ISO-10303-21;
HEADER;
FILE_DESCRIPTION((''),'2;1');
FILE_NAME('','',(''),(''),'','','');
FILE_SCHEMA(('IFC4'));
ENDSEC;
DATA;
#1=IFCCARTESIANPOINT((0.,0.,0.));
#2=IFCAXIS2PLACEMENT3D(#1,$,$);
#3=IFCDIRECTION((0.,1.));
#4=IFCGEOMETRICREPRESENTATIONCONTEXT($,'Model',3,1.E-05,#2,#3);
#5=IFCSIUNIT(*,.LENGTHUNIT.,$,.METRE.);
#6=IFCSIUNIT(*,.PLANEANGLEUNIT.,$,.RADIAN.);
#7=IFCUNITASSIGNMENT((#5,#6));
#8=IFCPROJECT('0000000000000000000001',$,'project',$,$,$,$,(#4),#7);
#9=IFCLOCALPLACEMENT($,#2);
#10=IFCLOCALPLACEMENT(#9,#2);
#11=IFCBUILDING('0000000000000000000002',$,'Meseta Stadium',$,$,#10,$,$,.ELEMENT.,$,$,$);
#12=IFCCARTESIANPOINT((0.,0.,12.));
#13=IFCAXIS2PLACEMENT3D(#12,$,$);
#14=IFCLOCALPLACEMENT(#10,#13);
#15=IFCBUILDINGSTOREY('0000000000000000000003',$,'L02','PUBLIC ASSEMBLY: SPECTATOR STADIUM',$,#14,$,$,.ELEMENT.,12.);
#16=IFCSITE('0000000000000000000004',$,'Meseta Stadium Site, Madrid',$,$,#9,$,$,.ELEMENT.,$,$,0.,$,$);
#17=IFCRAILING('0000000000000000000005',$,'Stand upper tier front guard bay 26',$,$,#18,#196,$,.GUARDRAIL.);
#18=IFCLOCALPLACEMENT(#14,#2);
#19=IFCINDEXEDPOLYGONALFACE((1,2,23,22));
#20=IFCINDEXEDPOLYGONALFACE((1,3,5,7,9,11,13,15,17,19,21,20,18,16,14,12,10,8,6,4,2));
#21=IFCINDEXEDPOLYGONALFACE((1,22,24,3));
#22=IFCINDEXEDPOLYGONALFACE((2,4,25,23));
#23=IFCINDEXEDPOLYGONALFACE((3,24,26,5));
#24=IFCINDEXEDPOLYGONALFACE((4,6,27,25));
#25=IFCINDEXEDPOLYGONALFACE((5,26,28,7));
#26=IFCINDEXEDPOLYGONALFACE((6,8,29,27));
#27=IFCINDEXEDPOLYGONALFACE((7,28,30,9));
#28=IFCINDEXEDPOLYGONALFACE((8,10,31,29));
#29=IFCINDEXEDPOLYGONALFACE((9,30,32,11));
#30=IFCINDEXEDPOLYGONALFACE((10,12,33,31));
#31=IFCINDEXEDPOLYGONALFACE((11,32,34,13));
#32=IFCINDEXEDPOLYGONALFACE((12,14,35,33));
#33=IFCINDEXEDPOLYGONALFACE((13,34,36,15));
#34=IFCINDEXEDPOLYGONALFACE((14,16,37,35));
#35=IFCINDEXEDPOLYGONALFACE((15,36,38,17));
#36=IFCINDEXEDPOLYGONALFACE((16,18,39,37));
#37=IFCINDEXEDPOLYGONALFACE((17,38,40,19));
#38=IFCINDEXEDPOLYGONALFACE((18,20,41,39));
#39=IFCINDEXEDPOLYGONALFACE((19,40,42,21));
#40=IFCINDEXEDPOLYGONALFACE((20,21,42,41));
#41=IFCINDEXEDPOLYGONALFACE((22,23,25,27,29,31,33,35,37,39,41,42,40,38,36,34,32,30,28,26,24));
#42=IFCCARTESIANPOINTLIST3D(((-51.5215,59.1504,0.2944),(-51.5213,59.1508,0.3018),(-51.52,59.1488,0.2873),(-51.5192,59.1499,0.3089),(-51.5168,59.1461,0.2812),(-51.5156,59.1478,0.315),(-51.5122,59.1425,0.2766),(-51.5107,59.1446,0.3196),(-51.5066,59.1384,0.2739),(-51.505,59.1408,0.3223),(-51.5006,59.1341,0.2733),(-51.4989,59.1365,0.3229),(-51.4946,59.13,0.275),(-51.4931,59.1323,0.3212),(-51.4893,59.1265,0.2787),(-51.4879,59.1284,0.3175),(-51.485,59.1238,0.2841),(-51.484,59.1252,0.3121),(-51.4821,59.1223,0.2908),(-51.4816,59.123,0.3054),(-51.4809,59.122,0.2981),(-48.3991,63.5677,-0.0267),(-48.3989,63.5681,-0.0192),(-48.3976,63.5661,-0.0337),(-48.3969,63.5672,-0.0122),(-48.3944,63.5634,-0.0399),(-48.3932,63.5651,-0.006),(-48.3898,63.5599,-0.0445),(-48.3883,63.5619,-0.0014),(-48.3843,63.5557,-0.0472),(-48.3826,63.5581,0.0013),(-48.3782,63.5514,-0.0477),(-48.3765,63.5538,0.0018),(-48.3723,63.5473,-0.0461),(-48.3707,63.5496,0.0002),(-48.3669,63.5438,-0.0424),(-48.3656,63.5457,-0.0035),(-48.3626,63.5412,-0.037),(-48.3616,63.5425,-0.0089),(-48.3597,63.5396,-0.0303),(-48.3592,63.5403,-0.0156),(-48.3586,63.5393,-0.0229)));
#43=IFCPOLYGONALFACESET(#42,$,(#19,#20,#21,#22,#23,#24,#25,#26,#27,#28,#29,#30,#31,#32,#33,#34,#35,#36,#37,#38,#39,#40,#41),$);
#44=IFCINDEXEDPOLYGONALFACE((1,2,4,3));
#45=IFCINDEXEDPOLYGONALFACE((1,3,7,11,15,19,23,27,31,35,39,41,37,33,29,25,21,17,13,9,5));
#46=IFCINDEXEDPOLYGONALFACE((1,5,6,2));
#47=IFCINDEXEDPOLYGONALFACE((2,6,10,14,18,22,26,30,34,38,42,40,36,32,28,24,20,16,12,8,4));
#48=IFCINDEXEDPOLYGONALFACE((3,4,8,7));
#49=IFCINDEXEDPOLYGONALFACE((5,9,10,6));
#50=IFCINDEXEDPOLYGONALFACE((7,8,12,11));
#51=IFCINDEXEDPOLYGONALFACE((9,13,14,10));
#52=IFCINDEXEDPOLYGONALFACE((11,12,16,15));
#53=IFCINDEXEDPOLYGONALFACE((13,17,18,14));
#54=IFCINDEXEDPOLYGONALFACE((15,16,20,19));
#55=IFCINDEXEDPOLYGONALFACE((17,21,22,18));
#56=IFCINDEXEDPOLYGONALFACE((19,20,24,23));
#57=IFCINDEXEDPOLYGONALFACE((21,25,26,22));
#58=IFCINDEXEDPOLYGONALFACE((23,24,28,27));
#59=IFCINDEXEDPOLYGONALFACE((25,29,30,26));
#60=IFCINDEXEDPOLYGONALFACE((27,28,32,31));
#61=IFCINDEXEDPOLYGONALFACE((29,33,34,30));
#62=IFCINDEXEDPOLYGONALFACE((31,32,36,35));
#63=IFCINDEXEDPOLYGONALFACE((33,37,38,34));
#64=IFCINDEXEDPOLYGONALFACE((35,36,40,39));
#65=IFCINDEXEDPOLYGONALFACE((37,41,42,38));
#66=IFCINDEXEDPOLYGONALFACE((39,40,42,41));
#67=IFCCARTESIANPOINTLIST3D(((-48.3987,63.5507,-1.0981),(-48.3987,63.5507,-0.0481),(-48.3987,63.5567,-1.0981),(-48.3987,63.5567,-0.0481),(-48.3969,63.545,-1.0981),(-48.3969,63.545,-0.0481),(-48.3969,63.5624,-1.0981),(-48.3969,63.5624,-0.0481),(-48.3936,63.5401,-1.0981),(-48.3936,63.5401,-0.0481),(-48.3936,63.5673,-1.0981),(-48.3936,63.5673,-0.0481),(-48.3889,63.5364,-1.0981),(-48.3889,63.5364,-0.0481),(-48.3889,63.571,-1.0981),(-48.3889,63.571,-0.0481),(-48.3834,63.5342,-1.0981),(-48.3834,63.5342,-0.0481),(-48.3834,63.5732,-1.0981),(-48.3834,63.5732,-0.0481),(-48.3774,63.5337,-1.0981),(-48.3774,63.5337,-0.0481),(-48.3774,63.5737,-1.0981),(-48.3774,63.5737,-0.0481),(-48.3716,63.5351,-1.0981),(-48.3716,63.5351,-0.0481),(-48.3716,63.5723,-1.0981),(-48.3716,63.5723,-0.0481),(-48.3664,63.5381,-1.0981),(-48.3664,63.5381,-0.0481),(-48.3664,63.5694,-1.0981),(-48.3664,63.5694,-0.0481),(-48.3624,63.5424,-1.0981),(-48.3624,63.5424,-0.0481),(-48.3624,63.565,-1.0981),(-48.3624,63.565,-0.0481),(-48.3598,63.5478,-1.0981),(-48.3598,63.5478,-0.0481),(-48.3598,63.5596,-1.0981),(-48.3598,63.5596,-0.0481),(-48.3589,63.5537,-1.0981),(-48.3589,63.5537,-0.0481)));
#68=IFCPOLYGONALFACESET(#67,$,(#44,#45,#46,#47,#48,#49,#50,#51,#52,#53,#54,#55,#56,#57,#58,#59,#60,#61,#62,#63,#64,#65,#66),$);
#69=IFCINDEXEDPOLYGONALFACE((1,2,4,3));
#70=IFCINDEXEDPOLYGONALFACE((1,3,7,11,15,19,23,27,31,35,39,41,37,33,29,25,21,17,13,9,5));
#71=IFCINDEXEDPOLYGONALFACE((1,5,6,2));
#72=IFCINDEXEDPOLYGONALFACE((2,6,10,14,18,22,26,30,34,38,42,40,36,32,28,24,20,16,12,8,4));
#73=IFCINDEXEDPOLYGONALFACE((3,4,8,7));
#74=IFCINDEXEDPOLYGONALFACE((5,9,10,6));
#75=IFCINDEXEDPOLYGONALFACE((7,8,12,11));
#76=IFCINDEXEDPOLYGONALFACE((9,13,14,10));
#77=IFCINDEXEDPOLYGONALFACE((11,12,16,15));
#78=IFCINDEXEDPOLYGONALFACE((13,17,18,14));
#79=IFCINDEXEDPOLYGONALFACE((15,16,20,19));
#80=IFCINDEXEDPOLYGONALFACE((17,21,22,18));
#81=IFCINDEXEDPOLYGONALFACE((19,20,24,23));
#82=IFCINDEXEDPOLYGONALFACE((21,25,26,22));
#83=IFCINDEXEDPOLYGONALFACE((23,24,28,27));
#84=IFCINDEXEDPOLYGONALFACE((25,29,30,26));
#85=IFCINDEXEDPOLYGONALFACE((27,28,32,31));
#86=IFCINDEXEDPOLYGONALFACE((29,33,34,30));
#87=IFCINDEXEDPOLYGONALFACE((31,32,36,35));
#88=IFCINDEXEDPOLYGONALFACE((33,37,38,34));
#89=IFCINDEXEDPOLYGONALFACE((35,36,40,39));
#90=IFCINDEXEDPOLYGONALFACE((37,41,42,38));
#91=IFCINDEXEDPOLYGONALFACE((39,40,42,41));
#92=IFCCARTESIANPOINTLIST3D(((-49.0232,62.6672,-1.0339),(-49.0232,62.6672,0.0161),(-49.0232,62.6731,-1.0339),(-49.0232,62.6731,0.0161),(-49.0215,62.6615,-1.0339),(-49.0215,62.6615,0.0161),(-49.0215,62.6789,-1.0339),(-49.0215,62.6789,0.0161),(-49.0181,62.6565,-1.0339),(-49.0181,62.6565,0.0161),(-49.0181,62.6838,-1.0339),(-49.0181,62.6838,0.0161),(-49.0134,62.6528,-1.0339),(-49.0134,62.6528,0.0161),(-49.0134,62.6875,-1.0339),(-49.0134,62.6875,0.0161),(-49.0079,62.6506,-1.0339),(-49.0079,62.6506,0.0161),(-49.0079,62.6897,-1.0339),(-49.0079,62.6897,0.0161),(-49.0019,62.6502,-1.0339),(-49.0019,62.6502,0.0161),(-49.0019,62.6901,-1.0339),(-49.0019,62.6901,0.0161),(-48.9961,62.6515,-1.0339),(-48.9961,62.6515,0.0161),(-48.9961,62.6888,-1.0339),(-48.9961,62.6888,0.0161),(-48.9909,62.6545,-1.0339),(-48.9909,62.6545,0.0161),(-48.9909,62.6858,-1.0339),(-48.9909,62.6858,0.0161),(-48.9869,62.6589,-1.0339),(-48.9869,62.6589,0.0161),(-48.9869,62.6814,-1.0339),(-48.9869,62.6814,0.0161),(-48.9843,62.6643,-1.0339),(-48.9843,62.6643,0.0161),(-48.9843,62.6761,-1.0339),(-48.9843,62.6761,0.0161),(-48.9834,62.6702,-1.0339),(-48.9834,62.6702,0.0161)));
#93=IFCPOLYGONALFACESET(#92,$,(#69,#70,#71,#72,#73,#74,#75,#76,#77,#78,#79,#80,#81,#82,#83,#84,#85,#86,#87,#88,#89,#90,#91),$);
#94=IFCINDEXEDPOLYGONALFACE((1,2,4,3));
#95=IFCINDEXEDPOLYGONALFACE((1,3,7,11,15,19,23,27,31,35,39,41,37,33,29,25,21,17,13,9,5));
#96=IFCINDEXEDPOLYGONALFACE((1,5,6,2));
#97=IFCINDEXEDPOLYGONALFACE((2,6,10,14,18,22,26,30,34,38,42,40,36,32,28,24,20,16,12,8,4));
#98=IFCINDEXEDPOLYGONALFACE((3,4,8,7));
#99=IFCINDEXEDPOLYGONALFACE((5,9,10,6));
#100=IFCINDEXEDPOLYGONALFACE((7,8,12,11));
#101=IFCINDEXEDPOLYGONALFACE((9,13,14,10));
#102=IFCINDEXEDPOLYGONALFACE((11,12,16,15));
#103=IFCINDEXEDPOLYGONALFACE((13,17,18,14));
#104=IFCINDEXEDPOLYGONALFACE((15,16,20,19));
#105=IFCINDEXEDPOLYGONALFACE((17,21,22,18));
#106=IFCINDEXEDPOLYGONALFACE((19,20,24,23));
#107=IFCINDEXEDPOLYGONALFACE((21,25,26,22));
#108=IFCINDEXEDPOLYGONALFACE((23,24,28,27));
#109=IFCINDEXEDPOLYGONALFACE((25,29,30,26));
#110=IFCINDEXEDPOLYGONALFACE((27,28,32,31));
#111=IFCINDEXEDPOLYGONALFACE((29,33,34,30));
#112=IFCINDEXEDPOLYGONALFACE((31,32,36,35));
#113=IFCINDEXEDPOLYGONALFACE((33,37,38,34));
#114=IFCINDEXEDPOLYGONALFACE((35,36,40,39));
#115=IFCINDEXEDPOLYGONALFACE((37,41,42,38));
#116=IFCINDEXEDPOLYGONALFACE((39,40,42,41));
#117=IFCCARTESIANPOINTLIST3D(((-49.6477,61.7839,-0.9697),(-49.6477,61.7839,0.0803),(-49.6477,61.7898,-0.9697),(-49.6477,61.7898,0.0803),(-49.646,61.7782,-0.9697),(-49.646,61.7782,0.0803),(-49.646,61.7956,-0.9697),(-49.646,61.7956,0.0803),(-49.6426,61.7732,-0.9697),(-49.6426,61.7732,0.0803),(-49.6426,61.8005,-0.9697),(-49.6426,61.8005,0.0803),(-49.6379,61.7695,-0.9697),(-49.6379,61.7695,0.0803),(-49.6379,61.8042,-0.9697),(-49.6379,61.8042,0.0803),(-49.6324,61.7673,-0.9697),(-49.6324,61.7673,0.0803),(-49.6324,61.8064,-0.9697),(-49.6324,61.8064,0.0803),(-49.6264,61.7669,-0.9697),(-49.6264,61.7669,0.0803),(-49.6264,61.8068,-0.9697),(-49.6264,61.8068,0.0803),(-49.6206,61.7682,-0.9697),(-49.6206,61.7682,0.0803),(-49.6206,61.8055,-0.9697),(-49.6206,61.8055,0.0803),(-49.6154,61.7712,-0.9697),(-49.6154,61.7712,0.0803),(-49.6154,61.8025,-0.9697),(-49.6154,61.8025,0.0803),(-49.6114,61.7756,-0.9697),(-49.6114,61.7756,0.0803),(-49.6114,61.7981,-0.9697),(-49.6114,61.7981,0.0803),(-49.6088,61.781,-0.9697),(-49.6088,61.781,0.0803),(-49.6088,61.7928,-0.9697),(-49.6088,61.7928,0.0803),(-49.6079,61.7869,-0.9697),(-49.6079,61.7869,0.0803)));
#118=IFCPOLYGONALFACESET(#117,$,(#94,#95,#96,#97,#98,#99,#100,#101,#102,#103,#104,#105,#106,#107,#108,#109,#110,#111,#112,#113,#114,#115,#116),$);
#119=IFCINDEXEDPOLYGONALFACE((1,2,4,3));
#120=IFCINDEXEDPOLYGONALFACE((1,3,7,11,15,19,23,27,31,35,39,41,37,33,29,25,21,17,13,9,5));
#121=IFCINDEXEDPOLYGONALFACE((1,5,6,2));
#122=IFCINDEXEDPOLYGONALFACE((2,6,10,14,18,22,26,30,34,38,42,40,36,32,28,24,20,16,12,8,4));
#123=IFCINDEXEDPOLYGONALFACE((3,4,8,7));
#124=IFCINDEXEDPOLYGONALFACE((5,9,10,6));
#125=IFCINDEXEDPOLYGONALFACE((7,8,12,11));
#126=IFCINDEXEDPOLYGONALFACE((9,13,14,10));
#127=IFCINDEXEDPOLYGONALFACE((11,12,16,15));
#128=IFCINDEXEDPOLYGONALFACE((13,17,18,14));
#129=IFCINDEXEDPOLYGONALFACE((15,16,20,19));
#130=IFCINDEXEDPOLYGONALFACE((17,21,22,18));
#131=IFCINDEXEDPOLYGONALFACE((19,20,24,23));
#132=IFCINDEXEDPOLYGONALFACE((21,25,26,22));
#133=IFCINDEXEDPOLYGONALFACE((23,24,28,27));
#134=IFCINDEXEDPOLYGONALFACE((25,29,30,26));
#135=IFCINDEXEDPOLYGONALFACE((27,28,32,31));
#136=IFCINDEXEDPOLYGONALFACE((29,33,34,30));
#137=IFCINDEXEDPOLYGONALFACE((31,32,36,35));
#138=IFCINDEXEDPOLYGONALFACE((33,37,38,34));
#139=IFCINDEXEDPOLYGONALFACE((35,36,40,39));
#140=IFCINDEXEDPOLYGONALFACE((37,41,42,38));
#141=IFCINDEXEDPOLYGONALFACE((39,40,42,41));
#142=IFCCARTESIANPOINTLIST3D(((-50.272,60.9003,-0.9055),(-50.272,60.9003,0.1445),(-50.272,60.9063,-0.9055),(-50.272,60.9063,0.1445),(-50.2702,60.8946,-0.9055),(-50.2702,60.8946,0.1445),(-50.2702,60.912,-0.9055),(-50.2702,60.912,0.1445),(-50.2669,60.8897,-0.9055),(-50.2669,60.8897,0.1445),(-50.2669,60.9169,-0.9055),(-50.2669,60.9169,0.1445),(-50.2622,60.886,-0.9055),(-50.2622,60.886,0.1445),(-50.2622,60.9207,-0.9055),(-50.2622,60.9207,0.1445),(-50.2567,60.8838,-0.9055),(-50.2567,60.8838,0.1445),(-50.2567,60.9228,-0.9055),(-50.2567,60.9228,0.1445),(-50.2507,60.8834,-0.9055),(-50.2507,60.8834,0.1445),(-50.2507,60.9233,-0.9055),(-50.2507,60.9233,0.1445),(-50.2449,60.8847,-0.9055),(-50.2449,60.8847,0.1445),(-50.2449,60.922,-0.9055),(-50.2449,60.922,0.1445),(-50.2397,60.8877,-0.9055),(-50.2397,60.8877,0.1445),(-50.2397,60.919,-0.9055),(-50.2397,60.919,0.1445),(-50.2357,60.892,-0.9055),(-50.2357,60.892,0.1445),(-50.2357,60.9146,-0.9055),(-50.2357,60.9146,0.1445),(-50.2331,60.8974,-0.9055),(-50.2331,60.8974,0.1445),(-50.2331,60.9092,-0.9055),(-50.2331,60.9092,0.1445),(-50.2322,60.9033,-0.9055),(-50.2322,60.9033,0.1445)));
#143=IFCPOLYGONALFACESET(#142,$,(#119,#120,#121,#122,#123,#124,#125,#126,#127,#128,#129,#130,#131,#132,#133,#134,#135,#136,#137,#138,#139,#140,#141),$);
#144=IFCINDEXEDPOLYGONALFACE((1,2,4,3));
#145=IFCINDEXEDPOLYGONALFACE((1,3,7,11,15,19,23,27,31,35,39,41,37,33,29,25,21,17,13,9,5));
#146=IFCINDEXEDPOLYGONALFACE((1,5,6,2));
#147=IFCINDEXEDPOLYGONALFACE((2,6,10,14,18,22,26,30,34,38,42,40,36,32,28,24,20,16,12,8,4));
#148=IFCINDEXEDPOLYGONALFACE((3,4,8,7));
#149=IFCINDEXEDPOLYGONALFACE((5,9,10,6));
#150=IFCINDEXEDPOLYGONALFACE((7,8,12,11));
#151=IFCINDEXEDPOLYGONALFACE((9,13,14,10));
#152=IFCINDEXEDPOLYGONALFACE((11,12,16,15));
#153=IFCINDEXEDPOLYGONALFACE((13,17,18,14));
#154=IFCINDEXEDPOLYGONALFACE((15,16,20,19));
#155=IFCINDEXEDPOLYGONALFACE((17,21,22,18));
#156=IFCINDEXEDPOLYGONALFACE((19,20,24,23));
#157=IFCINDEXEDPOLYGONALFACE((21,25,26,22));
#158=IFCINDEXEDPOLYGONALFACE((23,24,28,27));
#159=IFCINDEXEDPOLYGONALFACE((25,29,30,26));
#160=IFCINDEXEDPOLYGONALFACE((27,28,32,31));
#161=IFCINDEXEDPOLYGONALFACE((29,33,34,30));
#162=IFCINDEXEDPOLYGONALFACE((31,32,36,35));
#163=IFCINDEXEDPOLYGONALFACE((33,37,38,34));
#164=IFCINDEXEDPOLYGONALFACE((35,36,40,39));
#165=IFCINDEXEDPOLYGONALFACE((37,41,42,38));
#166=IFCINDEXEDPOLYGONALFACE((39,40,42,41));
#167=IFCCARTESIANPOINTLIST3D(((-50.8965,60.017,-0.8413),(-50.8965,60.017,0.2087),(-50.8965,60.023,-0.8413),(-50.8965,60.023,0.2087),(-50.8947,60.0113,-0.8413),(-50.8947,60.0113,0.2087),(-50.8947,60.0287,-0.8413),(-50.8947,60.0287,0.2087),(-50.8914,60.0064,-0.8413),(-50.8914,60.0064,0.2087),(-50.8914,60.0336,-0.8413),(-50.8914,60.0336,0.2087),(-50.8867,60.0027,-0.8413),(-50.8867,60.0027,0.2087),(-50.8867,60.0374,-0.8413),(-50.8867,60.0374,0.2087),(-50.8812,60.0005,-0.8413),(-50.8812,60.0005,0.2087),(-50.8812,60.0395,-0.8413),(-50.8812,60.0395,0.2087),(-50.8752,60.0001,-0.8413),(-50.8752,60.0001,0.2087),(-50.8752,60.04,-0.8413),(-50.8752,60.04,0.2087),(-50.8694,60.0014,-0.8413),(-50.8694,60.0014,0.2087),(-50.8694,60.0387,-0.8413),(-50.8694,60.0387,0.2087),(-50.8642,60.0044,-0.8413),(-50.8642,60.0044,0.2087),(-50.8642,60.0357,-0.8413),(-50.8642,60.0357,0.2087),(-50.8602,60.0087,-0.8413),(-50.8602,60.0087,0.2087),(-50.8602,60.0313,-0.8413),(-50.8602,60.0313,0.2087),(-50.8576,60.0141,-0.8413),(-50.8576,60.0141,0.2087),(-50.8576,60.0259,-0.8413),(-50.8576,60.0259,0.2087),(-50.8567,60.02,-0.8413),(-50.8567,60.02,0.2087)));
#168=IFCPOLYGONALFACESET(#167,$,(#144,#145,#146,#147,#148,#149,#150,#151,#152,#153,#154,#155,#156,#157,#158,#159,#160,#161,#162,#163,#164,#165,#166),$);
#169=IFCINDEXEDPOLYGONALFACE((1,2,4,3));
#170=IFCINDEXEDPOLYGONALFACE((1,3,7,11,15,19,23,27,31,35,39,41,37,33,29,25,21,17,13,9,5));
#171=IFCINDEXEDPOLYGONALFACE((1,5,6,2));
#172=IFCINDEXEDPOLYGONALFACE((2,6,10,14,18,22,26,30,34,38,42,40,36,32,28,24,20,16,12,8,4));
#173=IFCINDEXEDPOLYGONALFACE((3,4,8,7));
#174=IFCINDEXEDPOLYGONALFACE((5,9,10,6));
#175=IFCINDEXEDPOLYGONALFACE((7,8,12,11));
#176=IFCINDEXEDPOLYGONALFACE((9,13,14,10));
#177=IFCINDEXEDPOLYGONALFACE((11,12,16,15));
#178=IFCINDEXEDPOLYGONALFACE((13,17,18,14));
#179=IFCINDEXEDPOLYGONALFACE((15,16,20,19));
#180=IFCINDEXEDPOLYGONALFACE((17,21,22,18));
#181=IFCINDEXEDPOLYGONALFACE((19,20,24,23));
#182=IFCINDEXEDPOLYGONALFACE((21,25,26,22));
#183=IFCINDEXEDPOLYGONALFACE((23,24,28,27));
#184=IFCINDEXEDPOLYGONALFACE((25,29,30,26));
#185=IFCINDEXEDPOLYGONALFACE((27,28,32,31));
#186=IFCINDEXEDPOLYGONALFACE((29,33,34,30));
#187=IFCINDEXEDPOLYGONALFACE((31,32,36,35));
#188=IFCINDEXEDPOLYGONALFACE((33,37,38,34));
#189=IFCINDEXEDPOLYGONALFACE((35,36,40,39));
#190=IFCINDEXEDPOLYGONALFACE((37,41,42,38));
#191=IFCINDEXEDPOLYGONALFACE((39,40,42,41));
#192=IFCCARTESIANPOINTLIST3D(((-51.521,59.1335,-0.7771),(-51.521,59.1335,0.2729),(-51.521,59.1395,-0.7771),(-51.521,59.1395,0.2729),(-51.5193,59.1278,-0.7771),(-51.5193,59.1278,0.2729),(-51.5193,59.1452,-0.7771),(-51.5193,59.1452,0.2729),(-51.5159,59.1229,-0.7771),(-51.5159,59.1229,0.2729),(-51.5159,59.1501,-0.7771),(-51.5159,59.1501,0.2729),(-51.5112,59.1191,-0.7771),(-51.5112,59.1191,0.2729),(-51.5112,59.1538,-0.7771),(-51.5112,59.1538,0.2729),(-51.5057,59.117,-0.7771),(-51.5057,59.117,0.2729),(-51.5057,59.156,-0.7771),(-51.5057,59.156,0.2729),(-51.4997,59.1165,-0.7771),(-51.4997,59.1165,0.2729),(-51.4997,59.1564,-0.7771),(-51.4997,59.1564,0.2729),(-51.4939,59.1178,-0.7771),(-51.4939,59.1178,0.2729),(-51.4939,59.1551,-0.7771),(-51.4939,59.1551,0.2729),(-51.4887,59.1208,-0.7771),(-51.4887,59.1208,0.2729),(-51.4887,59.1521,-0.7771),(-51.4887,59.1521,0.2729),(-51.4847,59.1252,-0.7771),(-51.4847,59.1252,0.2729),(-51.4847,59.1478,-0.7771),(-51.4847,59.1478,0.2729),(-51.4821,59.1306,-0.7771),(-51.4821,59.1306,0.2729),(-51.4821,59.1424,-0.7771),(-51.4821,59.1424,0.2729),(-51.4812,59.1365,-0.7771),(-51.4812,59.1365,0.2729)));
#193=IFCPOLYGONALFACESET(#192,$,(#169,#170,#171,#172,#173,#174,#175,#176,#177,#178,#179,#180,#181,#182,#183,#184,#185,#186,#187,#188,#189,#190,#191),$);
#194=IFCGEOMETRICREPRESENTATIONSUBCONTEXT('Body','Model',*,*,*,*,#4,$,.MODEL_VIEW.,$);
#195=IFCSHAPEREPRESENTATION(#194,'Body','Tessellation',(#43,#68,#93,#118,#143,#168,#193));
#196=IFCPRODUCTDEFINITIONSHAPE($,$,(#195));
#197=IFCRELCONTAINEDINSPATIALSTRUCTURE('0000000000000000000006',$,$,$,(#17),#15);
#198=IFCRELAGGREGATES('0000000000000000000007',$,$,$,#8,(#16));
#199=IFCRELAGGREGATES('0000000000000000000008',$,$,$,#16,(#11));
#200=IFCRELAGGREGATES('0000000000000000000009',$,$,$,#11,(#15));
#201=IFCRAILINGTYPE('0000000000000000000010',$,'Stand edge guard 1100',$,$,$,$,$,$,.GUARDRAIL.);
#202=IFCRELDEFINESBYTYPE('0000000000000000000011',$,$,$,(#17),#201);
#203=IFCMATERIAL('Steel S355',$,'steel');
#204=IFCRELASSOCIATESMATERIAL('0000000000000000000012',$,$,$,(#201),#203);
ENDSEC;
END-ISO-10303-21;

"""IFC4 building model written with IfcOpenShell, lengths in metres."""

from ifc_helpers import new_model, si_unit, direction, frame, origin, origin_2d, place, context, subcontext, project, spatial, circle, extrude, material, type_object, element, save


model = new_model("IFC4")

# Units and contexts
model_context = context("Model", 3, precision=1e-05, world=origin(), true_north=direction((0.0, 1.0)))
body_context = subcontext(model_context, "Body", "Model", "MODEL_VIEW")
ifc_project = project(units=[si_unit("LENGTHUNIT", "METRE"), si_unit("PLANEANGLEUNIT", "RADIAN")], contexts=[model_context])

# Site, building, storey
site_placement = place(None, origin())
site = spatial("IfcSite", under=ifc_project, at=site_placement, Name="Meseta Stadium Site, Madrid", CompositionType="ELEMENT", RefElevation=0.0)
building_placement = place(site_placement, origin())
building = spatial("IfcBuilding", under=site, at=building_placement, Name="Meseta Stadium", CompositionType="ELEMENT")
storey_placement = place(building_placement, frame((0.0, 0.0, 12.0)))
storey = spatial("IfcBuildingStorey", under=building, at=storey_placement, Name="L02", Description="PUBLIC ASSEMBLY: SPECTATOR STADIUM", CompositionType="ELEMENT", Elevation=12.0)

# Railing
ifc_material_1 = material(Name="Steel S355", Category="steel")
railing_type = type_object("IfcRailingType", Name="Stand edge guard 1100", PredefinedType="GUARDRAIL", material=ifc_material_1)
railing_placement = place(storey_placement, frame((-48.3789, 63.5537, -1.0981)))
element("IfcRailing", 1, at=railing_placement, inside=storey, type_object=railing_type, Name="Stand upper tier front guard bay 26", PredefinedType="GUARDRAIL", context=body_context, shape_type="SweptSolid", body=[
    extrude(circle(Radius=0.0249, at=origin_2d()), frame((0.0, 0.0, 1.0752), z_axis=(-0.576195, -0.815162, 0.059246), x_axis=(0.816596, -0.577209, 0.0)), (0.0, 0.0, 1.0), 5.4189),
    extrude(circle(Radius=0.02, at=origin_2d()), origin(), (0.0, 0.0, 1.0), 1.05),
    extrude(circle(Radius=0.02, at=origin_2d()), frame((-0.6245, -0.8835, 0.0642)), (0.0, 0.0, 1.0), 1.05),
    extrude(circle(Radius=0.02, at=origin_2d()), frame((-1.249, -1.7668, 0.1284)), (0.0, 0.0, 1.0), 1.05),
    extrude(circle(Radius=0.02, at=origin_2d()), frame((-1.8733, -2.6504, 0.1926)), (0.0, 0.0, 1.0), 1.05),
    extrude(circle(Radius=0.02, at=origin_2d()), frame((-2.4978, -3.5337, 0.2568)), (0.0, 0.0, 1.0), 1.05),
    extrude(circle(Radius=0.02, at=origin_2d()), frame((-3.1223, -4.4172, 0.321)), (0.0, 0.0, 1.0), 1.05),
])

save(model, "model.ifc")
